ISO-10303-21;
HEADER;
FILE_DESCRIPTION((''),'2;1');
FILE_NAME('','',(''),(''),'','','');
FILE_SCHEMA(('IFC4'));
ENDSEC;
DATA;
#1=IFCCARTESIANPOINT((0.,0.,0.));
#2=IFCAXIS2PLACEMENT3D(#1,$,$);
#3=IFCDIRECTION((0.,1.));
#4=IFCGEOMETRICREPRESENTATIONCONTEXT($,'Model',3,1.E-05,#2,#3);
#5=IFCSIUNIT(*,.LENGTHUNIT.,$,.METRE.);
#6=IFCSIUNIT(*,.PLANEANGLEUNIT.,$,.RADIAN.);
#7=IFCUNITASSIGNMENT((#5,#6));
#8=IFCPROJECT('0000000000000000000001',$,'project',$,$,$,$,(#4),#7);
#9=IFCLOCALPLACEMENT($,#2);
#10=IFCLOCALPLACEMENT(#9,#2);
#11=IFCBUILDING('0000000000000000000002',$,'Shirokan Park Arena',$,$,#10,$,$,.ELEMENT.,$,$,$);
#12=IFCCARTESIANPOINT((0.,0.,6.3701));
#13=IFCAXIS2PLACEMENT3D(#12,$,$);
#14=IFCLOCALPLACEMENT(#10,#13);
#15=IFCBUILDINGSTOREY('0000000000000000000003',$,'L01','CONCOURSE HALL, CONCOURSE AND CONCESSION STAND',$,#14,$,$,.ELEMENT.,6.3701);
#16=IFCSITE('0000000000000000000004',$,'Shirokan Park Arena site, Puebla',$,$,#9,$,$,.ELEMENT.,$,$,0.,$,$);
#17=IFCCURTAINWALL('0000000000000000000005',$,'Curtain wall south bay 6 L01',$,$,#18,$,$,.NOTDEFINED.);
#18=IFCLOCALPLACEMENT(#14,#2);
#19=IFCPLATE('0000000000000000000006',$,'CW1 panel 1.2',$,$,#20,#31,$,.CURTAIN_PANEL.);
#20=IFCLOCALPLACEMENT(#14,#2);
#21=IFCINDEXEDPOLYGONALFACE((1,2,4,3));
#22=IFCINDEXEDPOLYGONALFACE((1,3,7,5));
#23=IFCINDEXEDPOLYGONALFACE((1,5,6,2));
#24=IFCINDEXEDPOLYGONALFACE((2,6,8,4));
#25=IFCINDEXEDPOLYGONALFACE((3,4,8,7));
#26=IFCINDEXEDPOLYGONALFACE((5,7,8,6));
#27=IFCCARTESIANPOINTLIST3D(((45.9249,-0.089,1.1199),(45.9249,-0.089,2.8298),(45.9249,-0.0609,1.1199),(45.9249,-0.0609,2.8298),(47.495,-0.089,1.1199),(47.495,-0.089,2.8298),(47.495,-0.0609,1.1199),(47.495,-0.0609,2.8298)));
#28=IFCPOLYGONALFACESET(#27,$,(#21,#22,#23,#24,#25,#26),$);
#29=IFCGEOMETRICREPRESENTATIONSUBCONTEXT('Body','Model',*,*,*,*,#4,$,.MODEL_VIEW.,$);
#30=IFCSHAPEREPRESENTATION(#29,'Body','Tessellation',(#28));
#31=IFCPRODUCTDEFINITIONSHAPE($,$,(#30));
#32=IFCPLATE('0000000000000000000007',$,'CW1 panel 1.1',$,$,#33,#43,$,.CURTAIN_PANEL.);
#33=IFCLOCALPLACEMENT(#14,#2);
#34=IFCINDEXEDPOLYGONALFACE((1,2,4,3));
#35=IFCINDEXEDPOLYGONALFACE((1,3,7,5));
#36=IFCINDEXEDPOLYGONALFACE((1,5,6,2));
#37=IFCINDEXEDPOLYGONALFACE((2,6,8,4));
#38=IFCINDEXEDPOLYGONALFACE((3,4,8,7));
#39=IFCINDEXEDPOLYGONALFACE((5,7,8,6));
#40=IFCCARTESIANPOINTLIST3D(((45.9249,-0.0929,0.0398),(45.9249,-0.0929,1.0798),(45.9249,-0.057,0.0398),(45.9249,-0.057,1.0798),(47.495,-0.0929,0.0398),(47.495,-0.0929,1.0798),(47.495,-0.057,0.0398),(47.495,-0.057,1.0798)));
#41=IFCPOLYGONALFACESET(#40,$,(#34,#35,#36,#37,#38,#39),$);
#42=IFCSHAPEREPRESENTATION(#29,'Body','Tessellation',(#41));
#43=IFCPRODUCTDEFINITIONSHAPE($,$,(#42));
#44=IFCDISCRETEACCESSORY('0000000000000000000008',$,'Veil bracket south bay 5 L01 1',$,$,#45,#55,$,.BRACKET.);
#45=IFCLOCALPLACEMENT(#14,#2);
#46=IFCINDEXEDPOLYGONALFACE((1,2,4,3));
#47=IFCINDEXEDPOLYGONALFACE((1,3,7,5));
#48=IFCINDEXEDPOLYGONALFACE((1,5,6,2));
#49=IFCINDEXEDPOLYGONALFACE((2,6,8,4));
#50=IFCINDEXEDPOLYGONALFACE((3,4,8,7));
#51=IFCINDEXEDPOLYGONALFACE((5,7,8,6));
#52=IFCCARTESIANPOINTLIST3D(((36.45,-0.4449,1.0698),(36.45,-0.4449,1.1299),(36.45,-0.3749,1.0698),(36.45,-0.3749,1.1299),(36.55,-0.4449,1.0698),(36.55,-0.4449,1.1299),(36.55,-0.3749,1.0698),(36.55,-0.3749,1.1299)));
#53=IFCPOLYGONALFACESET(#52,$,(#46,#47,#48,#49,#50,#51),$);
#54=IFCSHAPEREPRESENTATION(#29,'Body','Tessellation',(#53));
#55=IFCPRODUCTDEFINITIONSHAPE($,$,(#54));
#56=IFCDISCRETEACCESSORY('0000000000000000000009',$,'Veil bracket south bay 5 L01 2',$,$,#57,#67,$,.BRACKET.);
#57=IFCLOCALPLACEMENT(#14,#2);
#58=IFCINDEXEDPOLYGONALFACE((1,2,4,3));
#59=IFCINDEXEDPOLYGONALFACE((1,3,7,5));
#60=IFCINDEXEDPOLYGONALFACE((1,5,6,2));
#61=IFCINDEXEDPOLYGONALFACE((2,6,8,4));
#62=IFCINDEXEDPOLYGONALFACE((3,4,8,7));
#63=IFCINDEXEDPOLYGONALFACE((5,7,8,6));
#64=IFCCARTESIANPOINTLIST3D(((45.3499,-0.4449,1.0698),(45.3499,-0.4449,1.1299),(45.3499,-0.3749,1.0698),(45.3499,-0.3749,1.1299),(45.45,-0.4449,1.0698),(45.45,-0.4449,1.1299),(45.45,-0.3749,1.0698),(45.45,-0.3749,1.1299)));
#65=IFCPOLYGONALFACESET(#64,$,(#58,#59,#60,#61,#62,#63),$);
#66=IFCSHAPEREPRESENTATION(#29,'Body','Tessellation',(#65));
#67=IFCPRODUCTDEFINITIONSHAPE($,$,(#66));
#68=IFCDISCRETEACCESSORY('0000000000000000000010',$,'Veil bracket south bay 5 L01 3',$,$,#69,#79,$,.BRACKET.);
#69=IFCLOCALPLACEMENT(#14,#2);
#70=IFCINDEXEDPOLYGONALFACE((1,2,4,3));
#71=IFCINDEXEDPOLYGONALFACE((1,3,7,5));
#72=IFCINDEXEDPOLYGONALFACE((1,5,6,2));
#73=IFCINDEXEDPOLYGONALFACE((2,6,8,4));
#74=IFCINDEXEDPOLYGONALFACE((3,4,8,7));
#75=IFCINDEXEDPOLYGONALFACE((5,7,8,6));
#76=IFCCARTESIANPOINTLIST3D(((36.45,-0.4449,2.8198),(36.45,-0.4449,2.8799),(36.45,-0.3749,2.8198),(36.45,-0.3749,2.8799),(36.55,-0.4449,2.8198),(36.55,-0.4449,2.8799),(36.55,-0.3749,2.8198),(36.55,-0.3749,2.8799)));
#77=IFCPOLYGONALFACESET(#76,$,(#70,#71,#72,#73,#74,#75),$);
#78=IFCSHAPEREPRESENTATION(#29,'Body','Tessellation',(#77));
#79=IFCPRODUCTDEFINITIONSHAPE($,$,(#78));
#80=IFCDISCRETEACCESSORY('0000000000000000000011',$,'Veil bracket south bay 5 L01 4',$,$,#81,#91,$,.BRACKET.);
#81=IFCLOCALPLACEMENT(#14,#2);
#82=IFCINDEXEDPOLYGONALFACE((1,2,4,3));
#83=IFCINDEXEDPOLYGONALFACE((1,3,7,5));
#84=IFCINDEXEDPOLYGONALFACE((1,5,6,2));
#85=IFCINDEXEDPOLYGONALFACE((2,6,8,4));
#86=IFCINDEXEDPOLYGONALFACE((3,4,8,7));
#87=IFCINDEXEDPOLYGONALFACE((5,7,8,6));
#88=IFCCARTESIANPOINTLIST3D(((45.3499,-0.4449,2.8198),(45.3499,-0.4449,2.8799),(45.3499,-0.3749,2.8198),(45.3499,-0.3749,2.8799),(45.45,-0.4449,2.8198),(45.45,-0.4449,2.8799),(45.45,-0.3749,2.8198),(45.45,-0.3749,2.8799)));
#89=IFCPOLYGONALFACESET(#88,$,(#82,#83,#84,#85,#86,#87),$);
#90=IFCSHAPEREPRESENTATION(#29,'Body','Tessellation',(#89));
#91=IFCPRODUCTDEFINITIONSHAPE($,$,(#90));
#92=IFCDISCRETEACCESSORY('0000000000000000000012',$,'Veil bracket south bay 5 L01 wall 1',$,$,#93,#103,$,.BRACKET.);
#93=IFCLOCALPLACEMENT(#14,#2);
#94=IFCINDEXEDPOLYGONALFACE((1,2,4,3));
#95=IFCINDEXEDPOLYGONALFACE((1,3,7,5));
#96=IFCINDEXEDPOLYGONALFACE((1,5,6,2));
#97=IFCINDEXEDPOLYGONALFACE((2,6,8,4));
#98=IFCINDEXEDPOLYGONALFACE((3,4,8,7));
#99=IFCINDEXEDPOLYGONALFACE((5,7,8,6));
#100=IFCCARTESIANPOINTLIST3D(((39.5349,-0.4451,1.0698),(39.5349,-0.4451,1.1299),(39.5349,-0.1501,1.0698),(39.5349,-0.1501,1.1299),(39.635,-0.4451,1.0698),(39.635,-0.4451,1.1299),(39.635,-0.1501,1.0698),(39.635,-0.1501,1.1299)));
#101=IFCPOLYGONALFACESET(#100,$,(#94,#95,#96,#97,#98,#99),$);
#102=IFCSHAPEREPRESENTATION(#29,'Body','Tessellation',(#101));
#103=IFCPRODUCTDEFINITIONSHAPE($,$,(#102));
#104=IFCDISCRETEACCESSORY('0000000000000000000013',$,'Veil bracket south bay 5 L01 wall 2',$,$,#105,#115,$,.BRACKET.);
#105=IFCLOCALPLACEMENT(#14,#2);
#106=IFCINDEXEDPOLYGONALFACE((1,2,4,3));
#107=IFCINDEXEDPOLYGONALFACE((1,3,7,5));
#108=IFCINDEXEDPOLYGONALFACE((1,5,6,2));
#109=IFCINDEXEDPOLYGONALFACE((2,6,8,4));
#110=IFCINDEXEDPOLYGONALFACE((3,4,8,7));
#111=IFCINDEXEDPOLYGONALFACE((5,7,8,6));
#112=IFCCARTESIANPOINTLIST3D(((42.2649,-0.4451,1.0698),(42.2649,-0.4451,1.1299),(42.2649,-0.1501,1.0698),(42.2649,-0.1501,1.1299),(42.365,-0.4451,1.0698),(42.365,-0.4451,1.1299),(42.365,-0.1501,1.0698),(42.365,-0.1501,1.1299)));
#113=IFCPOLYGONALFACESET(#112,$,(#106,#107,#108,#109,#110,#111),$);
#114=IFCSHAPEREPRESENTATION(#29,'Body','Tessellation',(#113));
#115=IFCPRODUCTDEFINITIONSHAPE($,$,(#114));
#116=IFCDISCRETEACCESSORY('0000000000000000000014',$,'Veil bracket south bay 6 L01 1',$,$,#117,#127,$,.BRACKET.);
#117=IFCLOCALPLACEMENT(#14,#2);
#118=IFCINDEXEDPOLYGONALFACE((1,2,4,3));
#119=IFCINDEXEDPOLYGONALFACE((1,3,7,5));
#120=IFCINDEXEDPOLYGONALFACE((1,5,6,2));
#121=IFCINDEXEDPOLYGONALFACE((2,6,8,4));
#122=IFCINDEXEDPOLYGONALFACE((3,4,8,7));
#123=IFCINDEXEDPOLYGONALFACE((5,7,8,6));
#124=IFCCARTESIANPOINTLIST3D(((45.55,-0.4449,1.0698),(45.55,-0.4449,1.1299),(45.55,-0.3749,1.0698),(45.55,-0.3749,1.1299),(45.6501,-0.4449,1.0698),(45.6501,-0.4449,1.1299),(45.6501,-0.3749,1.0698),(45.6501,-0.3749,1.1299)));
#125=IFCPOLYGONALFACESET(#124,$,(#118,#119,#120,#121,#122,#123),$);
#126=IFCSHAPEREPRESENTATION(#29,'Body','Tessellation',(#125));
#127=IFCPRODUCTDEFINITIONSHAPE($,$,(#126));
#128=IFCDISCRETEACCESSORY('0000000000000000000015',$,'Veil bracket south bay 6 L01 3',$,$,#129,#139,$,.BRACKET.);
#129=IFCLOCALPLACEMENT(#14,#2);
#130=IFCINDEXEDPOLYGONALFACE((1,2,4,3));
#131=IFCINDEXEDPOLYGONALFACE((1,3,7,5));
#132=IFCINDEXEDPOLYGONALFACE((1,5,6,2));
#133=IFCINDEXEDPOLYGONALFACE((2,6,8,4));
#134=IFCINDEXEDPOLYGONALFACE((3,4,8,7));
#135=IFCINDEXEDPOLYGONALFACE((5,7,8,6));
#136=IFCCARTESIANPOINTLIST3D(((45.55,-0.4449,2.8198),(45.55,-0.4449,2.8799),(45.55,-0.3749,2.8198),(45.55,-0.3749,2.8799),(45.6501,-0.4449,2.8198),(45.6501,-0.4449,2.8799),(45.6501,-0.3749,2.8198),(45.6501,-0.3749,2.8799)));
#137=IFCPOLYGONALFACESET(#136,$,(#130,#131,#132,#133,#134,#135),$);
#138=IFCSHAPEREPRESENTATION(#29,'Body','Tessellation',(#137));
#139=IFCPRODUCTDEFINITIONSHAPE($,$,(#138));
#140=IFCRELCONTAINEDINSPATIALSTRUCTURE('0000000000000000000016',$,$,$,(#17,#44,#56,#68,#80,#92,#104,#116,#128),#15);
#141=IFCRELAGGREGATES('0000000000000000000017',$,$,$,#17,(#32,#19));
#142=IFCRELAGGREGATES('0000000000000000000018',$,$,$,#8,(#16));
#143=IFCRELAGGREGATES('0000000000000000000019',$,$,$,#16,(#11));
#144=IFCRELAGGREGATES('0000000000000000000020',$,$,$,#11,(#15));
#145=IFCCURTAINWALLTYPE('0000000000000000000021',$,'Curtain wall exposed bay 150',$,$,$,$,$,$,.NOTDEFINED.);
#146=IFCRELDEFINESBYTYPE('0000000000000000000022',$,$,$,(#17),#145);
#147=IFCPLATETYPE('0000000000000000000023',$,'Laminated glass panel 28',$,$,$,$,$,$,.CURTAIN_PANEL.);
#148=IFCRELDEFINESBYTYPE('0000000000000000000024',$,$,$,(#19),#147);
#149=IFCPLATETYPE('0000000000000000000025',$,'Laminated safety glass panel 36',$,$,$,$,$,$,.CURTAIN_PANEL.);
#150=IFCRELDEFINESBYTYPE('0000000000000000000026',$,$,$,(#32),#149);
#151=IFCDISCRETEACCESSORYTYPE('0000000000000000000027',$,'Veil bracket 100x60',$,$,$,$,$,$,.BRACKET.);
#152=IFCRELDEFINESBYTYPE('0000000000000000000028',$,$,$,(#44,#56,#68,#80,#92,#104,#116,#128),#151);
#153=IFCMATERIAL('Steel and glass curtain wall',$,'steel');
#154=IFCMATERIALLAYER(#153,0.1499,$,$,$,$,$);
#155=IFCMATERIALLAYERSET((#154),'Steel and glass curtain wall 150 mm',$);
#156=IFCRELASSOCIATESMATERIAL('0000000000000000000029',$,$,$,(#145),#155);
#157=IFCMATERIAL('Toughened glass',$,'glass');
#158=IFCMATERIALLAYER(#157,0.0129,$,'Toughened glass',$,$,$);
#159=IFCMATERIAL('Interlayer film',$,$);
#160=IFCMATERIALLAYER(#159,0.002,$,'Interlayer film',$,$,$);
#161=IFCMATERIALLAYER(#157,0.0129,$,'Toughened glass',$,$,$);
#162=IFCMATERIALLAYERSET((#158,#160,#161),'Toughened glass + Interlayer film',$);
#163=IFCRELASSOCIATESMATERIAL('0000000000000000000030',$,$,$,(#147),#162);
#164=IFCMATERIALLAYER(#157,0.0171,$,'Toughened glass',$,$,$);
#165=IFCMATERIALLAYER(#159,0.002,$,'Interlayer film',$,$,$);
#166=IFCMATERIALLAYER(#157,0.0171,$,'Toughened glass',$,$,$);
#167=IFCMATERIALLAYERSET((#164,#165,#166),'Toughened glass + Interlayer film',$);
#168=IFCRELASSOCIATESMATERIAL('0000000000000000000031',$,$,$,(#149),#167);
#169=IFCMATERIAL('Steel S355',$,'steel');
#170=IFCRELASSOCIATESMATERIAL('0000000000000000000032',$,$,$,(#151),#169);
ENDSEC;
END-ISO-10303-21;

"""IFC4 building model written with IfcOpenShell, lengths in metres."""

from ifc_helpers import new_model, si_unit, direction, frame, origin, origin_2d, place, context, subcontext, project, spatial, rectangle, extrude, material, layer, layer_set, type_object, element, aggregate, save


model = new_model("IFC4")

# Units and contexts
model_context = context("Model", 3, precision=1e-05, world=origin(), true_north=direction((0.0, 1.0)))
body_context = subcontext(model_context, "Body", "Model", "MODEL_VIEW")
ifc_project = project(units=[si_unit("LENGTHUNIT", "METRE"), si_unit("PLANEANGLEUNIT", "RADIAN")], contexts=[model_context])

# Site, building, storey
site_placement = place(None, origin())
site = spatial("IfcSite", under=ifc_project, at=site_placement, Name="Shirokan Park Arena site, Puebla", CompositionType="ELEMENT", RefElevation=0.0)
building_placement = place(site_placement, origin())
building = spatial("IfcBuilding", under=site, at=building_placement, Name="Shirokan Park Arena", CompositionType="ELEMENT")
storey_placement = place(building_placement, frame((0.0, 0.0, 6.3701)))
storey = spatial("IfcBuildingStorey", under=building, at=storey_placement, Name="L01", Description="CONCOURSE HALL, CONCOURSE AND CONCESSION STAND", CompositionType="ELEMENT", Elevation=6.3701)

# Curtain wall, plates
ifc_material_1 = material(Name="Steel and glass curtain wall", Category="steel")
ifc_layer_1 = layer(ifc_material_1, 0.1499)
ifc_layer_set_1 = layer_set([ifc_layer_1], Name="Steel and glass curtain wall 150 mm")
curtain_wall_type = type_object("IfcCurtainWallType", Name="Curtain wall exposed bay 150", PredefinedType="NOTDEFINED", material=ifc_layer_set_1)
curtain_wall_placement = place(storey_placement, origin())
curtain_wall = element("IfcCurtainWall", 1, at=curtain_wall_placement, inside=storey, type_object=curtain_wall_type, Name="Curtain wall south bay 6 L01", PredefinedType="NOTDEFINED")
ifc_material_2 = material(Name="Steel S355", Category="steel")
ifc_material_3 = material(Name="Toughened glass", Category="glass")
ifc_layer_2 = layer(ifc_material_3, 0.0129, Name="Toughened glass")
ifc_material_4 = material(Name="Interlayer film")
ifc_layer_3 = layer(ifc_material_4, 0.002, Name="Interlayer film")
ifc_layer_4 = layer(ifc_material_3, 0.0129, Name="Toughened glass")
ifc_layer_set_2 = layer_set([ifc_layer_2, ifc_layer_3, ifc_layer_4], Name="Toughened glass + Interlayer film")
plate_type_1 = type_object("IfcPlateType", Name="Laminated glass panel 28", PredefinedType="CURTAIN_PANEL", material=ifc_layer_set_2)
plate_1_placement = place(storey_placement, frame((46.71, -0.075, 1.1199), z_axis=(0.0, 0.0, 1.0), x_axis=(1.0, 0.0, 0.0)))
plate_1 = element("IfcPlate", 2, at=plate_1_placement, type_object=plate_type_1, Name="CW1 panel 1.2", PredefinedType="CURTAIN_PANEL", context=body_context, shape_type="SweptSolid", body=[
    extrude(rectangle(XDim=1.5701, YDim=0.0281, at=origin_2d()), origin(), (0.0, 0.0, 1.0), 1.71),
])
ifc_layer_5 = layer(ifc_material_3, 0.0171, Name="Toughened glass")
ifc_layer_6 = layer(ifc_material_4, 0.002, Name="Interlayer film")
ifc_layer_7 = layer(ifc_material_3, 0.0171, Name="Toughened glass")
ifc_layer_set_3 = layer_set([ifc_layer_5, ifc_layer_6, ifc_layer_7], Name="Toughened glass + Interlayer film")
plate_type_2 = type_object("IfcPlateType", Name="Laminated safety glass panel 36", PredefinedType="CURTAIN_PANEL", material=ifc_layer_set_3)
plate_2_placement = place(storey_placement, frame((46.71, -0.075, 0.0398), z_axis=(0.0, 0.0, 1.0), x_axis=(1.0, 0.0, 0.0)))
plate_2 = element("IfcPlate", 3, at=plate_2_placement, type_object=plate_type_2, Name="CW1 panel 1.1", PredefinedType="CURTAIN_PANEL", context=body_context, shape_type="SweptSolid", body=[
    extrude(rectangle(XDim=1.5701, YDim=0.0359, at=origin_2d()), origin(), (0.0, 0.0, 1.0), 1.04),
])
aggregate(curtain_wall, [plate_2, plate_1])

# Discrete accessories
discrete_accessory_type = type_object("IfcDiscreteAccessoryType", Name="Veil bracket 100x60", PredefinedType="BRACKET", material=ifc_material_2)
for number, where, z_axis, x_axis, name in (
    (4, (36.5, -0.4099, 1.0698), (0.0, 0.0, 1.0), (1.0, 0.0, 0.0), "Veil bracket south bay 5 L01 1"),
    (5, (45.3999, -0.4099, 1.0698), (0.0, 0.0, 1.0), (1.0, 0.0, 0.0), "Veil bracket south bay 5 L01 2"),
    (6, (36.5, -0.4099, 2.8198), (0.0, 0.0, 1.0), (1.0, 0.0, 0.0), "Veil bracket south bay 5 L01 3"),
    (7, (45.3999, -0.4099, 2.8198), (0.0, 0.0, 1.0), (1.0, 0.0, 0.0), "Veil bracket south bay 5 L01 4"),
):
    element("IfcDiscreteAccessory", number, at=place(storey_placement, frame(where, z_axis=z_axis, x_axis=x_axis)), inside=storey, type_object=discrete_accessory_type, Name=name, PredefinedType="BRACKET", context=body_context, shape_type="SweptSolid", body=[
        extrude(rectangle(XDim=0.1001, YDim=0.0701, at=origin_2d()), origin(), (0.0, 0.0, 1.0), 0.0601),
    ])
for number, where, z_axis, x_axis, name in (
    (8, (39.585, -0.2976, 1.0698), (0.0, 0.0, 1.0), (1.0, 0.0, 0.0), "Veil bracket south bay 5 L01 wall 1"),
    (9, (42.3149, -0.2976, 1.0698), (0.0, 0.0, 1.0), (1.0, 0.0, 0.0), "Veil bracket south bay 5 L01 wall 2"),
):
    element("IfcDiscreteAccessory", number, at=place(storey_placement, frame(where, z_axis=z_axis, x_axis=x_axis)), inside=storey, type_object=discrete_accessory_type, Name=name, PredefinedType="BRACKET", context=body_context, shape_type="SweptSolid", body=[
        extrude(rectangle(XDim=0.1001, YDim=0.2949, at=origin_2d()), origin(), (0.0, 0.0, 1.0), 0.0601),
    ])
for number, where, z_axis, x_axis, name in (
    (10, (45.6001, -0.4099, 1.0698), (0.0, 0.0, 1.0), (1.0, 0.0, 0.0), "Veil bracket south bay 6 L01 1"),
    (11, (45.6001, -0.4099, 2.8198), (0.0, 0.0, 1.0), (1.0, 0.0, 0.0), "Veil bracket south bay 6 L01 3"),
):
    element("IfcDiscreteAccessory", number, at=place(storey_placement, frame(where, z_axis=z_axis, x_axis=x_axis)), inside=storey, type_object=discrete_accessory_type, Name=name, PredefinedType="BRACKET", context=body_context, shape_type="SweptSolid", body=[
        extrude(rectangle(XDim=0.1001, YDim=0.0701, at=origin_2d()), origin(), (0.0, 0.0, 1.0), 0.0601),
    ])

save(model, "model.ifc")
